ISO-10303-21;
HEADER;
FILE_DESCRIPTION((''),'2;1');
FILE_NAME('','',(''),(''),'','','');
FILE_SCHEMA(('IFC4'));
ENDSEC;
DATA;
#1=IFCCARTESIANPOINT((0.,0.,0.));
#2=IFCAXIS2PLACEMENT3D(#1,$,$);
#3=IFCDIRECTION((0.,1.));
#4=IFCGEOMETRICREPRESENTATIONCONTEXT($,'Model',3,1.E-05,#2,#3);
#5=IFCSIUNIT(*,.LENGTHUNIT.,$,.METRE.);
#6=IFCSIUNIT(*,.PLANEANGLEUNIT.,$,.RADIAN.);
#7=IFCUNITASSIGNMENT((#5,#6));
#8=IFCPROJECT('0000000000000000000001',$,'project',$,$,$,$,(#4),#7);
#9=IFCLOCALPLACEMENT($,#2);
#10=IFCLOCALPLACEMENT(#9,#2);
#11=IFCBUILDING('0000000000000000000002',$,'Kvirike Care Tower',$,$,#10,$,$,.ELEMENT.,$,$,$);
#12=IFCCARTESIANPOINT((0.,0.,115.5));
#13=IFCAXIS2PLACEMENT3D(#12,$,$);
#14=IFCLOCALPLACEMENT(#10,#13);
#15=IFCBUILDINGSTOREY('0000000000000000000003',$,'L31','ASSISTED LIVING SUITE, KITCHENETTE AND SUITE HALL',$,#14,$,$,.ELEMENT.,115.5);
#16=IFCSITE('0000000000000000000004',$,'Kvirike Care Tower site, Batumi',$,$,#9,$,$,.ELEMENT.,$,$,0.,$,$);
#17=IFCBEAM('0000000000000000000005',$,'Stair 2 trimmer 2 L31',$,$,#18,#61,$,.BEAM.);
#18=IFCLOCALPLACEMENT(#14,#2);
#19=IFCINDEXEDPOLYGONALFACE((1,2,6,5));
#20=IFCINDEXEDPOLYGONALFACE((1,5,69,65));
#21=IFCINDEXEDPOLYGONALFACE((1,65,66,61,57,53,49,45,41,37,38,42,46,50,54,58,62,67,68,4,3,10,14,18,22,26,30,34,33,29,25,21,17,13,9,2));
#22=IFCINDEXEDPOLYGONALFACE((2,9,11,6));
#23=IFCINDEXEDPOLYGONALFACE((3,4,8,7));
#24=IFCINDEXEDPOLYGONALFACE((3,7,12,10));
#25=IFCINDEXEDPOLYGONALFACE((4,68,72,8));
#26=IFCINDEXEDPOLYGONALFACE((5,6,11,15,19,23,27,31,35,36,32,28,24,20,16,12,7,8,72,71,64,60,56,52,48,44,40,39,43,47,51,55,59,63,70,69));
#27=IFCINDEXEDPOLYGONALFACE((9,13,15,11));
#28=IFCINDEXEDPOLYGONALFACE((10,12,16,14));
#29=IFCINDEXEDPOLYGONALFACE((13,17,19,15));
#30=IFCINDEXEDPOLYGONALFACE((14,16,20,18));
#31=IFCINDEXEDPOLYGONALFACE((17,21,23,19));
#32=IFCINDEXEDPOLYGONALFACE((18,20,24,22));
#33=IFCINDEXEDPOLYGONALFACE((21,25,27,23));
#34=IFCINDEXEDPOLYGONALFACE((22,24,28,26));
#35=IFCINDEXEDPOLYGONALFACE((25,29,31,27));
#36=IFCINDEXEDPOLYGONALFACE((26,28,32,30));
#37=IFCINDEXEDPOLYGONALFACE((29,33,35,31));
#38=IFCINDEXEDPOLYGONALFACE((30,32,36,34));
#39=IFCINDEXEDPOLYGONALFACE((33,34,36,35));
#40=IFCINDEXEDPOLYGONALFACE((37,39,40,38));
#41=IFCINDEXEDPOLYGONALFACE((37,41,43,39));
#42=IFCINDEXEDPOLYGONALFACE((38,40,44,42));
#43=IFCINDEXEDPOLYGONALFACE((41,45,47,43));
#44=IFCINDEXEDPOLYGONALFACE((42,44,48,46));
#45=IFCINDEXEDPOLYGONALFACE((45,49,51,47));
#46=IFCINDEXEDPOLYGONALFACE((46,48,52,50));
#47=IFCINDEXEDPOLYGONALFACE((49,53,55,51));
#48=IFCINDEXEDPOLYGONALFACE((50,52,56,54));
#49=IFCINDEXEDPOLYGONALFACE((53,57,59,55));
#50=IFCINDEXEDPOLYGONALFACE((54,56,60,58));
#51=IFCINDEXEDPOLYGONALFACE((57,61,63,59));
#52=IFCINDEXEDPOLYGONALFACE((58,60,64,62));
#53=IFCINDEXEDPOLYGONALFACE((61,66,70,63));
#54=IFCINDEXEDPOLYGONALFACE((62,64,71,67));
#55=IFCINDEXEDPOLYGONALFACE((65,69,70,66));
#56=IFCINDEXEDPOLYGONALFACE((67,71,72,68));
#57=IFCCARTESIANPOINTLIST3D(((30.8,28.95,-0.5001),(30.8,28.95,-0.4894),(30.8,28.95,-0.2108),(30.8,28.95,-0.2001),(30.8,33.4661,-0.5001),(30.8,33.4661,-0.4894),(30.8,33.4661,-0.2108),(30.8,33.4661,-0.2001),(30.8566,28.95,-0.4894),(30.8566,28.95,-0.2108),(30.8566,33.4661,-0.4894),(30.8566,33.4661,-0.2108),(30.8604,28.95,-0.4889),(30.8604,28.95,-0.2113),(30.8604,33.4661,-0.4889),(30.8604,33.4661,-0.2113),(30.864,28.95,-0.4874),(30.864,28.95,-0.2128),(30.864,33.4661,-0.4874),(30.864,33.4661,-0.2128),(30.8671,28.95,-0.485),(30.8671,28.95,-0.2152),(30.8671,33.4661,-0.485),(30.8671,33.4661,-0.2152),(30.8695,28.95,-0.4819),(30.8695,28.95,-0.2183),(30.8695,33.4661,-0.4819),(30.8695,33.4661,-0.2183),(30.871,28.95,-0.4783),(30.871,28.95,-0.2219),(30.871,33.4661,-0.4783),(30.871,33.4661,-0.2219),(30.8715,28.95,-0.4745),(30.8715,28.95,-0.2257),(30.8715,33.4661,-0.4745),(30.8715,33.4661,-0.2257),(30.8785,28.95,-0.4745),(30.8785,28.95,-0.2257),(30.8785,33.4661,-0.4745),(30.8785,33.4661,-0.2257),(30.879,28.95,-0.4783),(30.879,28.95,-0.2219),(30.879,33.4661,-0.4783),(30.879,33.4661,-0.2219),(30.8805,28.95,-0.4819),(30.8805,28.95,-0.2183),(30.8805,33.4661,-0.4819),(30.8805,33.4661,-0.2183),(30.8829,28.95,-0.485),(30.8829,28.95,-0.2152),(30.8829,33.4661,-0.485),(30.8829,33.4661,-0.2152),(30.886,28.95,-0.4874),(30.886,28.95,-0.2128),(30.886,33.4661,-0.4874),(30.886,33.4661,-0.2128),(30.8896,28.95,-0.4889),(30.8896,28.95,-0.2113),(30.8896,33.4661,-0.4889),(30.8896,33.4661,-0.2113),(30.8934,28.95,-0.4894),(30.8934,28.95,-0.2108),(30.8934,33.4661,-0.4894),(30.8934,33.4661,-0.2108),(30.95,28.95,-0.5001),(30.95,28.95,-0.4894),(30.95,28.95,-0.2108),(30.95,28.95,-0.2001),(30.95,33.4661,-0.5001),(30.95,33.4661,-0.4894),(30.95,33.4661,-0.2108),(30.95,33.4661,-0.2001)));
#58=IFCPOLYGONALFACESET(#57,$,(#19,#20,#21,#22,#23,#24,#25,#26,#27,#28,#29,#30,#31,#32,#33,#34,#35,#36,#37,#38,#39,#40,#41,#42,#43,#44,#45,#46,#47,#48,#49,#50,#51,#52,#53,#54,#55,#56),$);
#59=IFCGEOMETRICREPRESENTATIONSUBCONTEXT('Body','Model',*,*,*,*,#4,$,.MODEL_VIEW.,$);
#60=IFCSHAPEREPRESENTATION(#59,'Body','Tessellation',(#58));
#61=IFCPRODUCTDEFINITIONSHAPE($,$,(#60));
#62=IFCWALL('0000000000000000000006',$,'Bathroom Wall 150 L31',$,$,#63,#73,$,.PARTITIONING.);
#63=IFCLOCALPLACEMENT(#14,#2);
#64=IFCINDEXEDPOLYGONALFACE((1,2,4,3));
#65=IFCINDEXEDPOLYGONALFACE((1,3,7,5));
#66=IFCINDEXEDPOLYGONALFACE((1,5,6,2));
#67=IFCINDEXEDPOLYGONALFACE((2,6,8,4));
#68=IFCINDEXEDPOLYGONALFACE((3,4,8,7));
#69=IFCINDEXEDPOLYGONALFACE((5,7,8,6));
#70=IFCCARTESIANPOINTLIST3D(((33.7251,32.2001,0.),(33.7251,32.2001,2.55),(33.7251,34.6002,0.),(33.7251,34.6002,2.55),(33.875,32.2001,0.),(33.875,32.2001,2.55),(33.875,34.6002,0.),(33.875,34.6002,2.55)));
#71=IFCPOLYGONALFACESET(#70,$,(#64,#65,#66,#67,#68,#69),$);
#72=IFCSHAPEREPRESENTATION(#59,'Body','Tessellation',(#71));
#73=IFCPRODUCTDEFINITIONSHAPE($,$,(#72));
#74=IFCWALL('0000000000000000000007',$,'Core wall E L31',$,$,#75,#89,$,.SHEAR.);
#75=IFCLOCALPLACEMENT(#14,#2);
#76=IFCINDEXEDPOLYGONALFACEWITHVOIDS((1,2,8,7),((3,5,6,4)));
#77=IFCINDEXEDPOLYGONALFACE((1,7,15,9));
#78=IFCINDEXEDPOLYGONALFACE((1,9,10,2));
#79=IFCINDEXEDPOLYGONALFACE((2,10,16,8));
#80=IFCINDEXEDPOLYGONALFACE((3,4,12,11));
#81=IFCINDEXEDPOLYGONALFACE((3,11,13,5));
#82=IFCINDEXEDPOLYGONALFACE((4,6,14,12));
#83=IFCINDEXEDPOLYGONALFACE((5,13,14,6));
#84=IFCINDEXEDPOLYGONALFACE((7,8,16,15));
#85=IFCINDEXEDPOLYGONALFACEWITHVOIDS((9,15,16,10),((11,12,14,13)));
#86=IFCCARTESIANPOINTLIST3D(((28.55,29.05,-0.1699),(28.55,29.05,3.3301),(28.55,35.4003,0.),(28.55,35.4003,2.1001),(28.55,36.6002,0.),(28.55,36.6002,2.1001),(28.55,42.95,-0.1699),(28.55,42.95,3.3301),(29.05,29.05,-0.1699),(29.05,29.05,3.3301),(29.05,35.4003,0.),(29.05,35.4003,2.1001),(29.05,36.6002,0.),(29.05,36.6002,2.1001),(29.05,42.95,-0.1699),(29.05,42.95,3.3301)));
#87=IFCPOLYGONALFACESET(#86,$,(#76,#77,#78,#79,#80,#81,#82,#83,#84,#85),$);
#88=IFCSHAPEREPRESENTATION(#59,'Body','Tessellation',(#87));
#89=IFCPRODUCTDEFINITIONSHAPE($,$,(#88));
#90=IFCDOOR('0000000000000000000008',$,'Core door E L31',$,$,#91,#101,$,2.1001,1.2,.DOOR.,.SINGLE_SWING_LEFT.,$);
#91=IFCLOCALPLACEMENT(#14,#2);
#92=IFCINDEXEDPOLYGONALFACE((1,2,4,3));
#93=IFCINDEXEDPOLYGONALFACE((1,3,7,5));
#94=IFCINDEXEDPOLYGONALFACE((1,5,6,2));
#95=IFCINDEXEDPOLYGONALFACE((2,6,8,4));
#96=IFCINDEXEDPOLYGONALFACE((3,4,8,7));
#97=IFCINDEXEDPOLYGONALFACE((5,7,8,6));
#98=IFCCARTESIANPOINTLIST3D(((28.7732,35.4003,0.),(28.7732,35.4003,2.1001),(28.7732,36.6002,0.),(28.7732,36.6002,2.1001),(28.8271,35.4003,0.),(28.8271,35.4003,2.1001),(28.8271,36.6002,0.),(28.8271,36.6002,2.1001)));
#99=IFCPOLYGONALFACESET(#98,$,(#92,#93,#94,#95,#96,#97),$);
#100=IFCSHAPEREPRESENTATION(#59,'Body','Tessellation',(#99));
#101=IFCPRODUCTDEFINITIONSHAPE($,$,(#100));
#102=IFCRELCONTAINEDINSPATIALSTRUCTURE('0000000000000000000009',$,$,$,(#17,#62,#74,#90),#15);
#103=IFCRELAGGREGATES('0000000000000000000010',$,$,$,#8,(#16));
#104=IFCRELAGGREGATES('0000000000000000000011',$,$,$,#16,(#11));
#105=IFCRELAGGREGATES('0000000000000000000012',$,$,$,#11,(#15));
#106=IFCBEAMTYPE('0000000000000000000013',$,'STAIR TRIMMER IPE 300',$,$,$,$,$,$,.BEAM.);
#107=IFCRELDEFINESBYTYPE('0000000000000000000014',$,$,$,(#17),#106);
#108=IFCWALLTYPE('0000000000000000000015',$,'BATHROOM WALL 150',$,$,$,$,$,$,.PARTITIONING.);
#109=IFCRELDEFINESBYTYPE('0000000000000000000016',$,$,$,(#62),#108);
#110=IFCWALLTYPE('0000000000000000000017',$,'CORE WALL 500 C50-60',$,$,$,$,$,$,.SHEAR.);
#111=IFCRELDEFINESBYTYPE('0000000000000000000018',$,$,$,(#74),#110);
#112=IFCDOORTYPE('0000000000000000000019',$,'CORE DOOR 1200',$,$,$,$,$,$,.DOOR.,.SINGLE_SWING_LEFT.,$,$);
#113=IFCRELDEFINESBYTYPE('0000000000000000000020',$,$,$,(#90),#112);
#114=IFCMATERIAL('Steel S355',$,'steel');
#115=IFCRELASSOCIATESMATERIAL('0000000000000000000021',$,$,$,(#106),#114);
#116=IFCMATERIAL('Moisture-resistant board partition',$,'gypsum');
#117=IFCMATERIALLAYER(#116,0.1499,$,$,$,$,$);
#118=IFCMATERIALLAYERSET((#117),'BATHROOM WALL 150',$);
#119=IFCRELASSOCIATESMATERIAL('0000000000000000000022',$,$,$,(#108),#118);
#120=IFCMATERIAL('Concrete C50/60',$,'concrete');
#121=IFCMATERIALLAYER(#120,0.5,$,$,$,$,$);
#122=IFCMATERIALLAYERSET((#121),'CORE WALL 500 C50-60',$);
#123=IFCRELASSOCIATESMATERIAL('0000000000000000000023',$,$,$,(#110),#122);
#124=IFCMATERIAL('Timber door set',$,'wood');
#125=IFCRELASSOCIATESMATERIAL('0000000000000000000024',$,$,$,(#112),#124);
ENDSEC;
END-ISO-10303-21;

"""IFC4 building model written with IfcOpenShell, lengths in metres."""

from ifc_helpers import new_model, si_unit, direction, frame, frame_2d, origin, origin_2d, place, context, subcontext, project, spatial, rectangle, i_section, extrude, material, layer, layer_set, material_profile, profile_set, type_object, element, fill, save


model = new_model("IFC4")

# Units and contexts
model_context = context("Model", 3, precision=1e-05, world=origin(), true_north=direction((0.0, 1.0)))
body_context = subcontext(model_context, "Body", "Model", "MODEL_VIEW")
ifc_project = project(units=[si_unit("LENGTHUNIT", "METRE"), si_unit("PLANEANGLEUNIT", "RADIAN")], contexts=[model_context])

# Site, building, storey
site_placement = place(None, origin())
site = spatial("IfcSite", under=ifc_project, at=site_placement, Name="Kvirike Care Tower site, Batumi", CompositionType="ELEMENT", RefElevation=0.0)
building_placement = place(site_placement, origin())
building = spatial("IfcBuilding", under=site, at=building_placement, Name="Kvirike Care Tower", CompositionType="ELEMENT")
storey_placement = place(building_placement, frame((0.0, 0.0, 115.5)))
storey = spatial("IfcBuildingStorey", under=building, at=storey_placement, Name="L31", Description="ASSISTED LIVING SUITE, KITCHENETTE AND SUITE HALL", CompositionType="ELEMENT", Elevation=115.5)

# Beam
ifc_material_1 = material(Name="Steel S355", Category="steel")
ifc_material_profile_1 = material_profile(ifc_material_1, i_section(OverallWidth=0.1499, OverallDepth=0.3, WebThickness=0.0071, FlangeThickness=0.0107, FilletRadius=0.0149, at=origin_2d()), Name="IPE 300")
ifc_profile_set_1 = profile_set([ifc_material_profile_1], Name="Steel S355")
beam_type_1 = type_object("IfcBeamType", Name="STAIR TRIMMER IPE 300", PredefinedType="BEAM", material=ifc_profile_set_1)
for number, where, z_axis, x_axis, name in (
    (1, (30.875, 28.95, -0.3501), (0.0, 1.0, 0.0), (-1.0, 0.0, 0.0), "Stair 2 trimmer 2 L31"),
):
    element("IfcBeam", number, at=place(storey_placement, frame(where, z_axis=z_axis, x_axis=x_axis)), inside=storey, type_object=beam_type_1, Name=name, PredefinedType="BEAM", context=body_context, shape_type="SweptSolid", body=[
        extrude(i_section(OverallWidth=0.1499, OverallDepth=0.3, WebThickness=0.0071, FlangeThickness=0.0107, FilletRadius=0.0149, at=origin_2d()), origin(), (0.0, 0.0, 1.0), 4.5161),
    ])

# Wall
ifc_material_2 = material(Name="Moisture-resistant board partition", Category="gypsum")
ifc_layer_1 = layer(ifc_material_2, 0.1499)
ifc_layer_set_1 = layer_set([ifc_layer_1], Name="BATHROOM WALL 150")
wall_type_1 = type_object("IfcWallType", Name="BATHROOM WALL 150", PredefinedType="PARTITIONING", material=ifc_layer_set_1)
wall_1_placement = place(storey_placement, frame((33.8, 32.2, 0.0), z_axis=(0.0, 0.0, 1.0), x_axis=(0.0, 1.0, 0.0)))
element("IfcWall", 2, at=wall_1_placement, inside=storey, type_object=wall_type_1, Name="Bathroom Wall 150 L31", PredefinedType="PARTITIONING", context=body_context, shape_type="SweptSolid", body=[
    extrude(rectangle(XDim=2.4001, YDim=0.1499, at=frame_2d((1.2002, 0.0))), origin(), (0.0, 0.0, 1.0), 2.55),
])

# Wall, opening, door
ifc_material_3 = material(Name="Concrete C50/60", Category="concrete")
ifc_layer_2 = layer(ifc_material_3, 0.5)
ifc_layer_set_2 = layer_set([ifc_layer_2], Name="CORE WALL 500 C50-60")
wall_type_2 = type_object("IfcWallType", Name="CORE WALL 500 C50-60", PredefinedType="SHEAR", material=ifc_layer_set_2)
wall_2_placement = place(storey_placement, frame((28.8, 29.05, -0.1699), z_axis=(0.0, 0.0, 1.0), x_axis=(0.0, 1.0, 0.0)))
wall_2 = element("IfcWall", 3, at=wall_2_placement, inside=storey, type_object=wall_type_2, Name="Core wall E L31", PredefinedType="SHEAR", context=body_context, shape_type="SweptSolid", body=[
    extrude(rectangle(XDim=13.8999, YDim=0.5, at=frame_2d((6.95, 0.0))), origin(), (0.0, 0.0, 1.0), 3.5),
])
opening_1_placement = place(wall_2_placement, frame((6.3501, 0.0, 0.1699)))
opening_1 = element("IfcOpeningElement", 4, at=opening_1_placement, cuts=wall_2, PredefinedType="OPENING", context=body_context, shape_type="SweptSolid", body=[
    extrude(rectangle(XDim=1.2, YDim=2.1001, at=frame_2d((0.6001, 1.05))), frame((0.0, 0.2605, 0.0), z_axis=(0.0, -1.0, 0.0), x_axis=(1.0, 0.0, 0.0)), (0.0, 0.0, 1.0), 0.521),
])
ifc_material_4 = material(Name="Timber door set", Category="wood")
door_type_1 = type_object("IfcDoorType", Name="CORE DOOR 1200", OperationType="SINGLE_SWING_LEFT", PredefinedType="DOOR", material=ifc_material_4)
door_1_placement = place(opening_1_placement, origin())
door_1 = element("IfcDoor", 5, at=door_1_placement, inside=storey, type_object=door_type_1, Name="Core door E L31", OperationType="SINGLE_SWING_LEFT", OverallHeight=2.1001, OverallWidth=1.2, PredefinedType="DOOR", context=body_context, shape_type="SweptSolid", body=[
    extrude(rectangle(XDim=1.2, YDim=2.1001, at=frame_2d((0.6001, 1.05))), frame((0.0, 0.0269, 0.0), z_axis=(0.0, -1.0, 0.0), x_axis=(1.0, 0.0, 0.0)), (0.0, 0.0, 1.0), 0.054),
])
fill(opening_1, door_1)

save(model, "model.ifc")
